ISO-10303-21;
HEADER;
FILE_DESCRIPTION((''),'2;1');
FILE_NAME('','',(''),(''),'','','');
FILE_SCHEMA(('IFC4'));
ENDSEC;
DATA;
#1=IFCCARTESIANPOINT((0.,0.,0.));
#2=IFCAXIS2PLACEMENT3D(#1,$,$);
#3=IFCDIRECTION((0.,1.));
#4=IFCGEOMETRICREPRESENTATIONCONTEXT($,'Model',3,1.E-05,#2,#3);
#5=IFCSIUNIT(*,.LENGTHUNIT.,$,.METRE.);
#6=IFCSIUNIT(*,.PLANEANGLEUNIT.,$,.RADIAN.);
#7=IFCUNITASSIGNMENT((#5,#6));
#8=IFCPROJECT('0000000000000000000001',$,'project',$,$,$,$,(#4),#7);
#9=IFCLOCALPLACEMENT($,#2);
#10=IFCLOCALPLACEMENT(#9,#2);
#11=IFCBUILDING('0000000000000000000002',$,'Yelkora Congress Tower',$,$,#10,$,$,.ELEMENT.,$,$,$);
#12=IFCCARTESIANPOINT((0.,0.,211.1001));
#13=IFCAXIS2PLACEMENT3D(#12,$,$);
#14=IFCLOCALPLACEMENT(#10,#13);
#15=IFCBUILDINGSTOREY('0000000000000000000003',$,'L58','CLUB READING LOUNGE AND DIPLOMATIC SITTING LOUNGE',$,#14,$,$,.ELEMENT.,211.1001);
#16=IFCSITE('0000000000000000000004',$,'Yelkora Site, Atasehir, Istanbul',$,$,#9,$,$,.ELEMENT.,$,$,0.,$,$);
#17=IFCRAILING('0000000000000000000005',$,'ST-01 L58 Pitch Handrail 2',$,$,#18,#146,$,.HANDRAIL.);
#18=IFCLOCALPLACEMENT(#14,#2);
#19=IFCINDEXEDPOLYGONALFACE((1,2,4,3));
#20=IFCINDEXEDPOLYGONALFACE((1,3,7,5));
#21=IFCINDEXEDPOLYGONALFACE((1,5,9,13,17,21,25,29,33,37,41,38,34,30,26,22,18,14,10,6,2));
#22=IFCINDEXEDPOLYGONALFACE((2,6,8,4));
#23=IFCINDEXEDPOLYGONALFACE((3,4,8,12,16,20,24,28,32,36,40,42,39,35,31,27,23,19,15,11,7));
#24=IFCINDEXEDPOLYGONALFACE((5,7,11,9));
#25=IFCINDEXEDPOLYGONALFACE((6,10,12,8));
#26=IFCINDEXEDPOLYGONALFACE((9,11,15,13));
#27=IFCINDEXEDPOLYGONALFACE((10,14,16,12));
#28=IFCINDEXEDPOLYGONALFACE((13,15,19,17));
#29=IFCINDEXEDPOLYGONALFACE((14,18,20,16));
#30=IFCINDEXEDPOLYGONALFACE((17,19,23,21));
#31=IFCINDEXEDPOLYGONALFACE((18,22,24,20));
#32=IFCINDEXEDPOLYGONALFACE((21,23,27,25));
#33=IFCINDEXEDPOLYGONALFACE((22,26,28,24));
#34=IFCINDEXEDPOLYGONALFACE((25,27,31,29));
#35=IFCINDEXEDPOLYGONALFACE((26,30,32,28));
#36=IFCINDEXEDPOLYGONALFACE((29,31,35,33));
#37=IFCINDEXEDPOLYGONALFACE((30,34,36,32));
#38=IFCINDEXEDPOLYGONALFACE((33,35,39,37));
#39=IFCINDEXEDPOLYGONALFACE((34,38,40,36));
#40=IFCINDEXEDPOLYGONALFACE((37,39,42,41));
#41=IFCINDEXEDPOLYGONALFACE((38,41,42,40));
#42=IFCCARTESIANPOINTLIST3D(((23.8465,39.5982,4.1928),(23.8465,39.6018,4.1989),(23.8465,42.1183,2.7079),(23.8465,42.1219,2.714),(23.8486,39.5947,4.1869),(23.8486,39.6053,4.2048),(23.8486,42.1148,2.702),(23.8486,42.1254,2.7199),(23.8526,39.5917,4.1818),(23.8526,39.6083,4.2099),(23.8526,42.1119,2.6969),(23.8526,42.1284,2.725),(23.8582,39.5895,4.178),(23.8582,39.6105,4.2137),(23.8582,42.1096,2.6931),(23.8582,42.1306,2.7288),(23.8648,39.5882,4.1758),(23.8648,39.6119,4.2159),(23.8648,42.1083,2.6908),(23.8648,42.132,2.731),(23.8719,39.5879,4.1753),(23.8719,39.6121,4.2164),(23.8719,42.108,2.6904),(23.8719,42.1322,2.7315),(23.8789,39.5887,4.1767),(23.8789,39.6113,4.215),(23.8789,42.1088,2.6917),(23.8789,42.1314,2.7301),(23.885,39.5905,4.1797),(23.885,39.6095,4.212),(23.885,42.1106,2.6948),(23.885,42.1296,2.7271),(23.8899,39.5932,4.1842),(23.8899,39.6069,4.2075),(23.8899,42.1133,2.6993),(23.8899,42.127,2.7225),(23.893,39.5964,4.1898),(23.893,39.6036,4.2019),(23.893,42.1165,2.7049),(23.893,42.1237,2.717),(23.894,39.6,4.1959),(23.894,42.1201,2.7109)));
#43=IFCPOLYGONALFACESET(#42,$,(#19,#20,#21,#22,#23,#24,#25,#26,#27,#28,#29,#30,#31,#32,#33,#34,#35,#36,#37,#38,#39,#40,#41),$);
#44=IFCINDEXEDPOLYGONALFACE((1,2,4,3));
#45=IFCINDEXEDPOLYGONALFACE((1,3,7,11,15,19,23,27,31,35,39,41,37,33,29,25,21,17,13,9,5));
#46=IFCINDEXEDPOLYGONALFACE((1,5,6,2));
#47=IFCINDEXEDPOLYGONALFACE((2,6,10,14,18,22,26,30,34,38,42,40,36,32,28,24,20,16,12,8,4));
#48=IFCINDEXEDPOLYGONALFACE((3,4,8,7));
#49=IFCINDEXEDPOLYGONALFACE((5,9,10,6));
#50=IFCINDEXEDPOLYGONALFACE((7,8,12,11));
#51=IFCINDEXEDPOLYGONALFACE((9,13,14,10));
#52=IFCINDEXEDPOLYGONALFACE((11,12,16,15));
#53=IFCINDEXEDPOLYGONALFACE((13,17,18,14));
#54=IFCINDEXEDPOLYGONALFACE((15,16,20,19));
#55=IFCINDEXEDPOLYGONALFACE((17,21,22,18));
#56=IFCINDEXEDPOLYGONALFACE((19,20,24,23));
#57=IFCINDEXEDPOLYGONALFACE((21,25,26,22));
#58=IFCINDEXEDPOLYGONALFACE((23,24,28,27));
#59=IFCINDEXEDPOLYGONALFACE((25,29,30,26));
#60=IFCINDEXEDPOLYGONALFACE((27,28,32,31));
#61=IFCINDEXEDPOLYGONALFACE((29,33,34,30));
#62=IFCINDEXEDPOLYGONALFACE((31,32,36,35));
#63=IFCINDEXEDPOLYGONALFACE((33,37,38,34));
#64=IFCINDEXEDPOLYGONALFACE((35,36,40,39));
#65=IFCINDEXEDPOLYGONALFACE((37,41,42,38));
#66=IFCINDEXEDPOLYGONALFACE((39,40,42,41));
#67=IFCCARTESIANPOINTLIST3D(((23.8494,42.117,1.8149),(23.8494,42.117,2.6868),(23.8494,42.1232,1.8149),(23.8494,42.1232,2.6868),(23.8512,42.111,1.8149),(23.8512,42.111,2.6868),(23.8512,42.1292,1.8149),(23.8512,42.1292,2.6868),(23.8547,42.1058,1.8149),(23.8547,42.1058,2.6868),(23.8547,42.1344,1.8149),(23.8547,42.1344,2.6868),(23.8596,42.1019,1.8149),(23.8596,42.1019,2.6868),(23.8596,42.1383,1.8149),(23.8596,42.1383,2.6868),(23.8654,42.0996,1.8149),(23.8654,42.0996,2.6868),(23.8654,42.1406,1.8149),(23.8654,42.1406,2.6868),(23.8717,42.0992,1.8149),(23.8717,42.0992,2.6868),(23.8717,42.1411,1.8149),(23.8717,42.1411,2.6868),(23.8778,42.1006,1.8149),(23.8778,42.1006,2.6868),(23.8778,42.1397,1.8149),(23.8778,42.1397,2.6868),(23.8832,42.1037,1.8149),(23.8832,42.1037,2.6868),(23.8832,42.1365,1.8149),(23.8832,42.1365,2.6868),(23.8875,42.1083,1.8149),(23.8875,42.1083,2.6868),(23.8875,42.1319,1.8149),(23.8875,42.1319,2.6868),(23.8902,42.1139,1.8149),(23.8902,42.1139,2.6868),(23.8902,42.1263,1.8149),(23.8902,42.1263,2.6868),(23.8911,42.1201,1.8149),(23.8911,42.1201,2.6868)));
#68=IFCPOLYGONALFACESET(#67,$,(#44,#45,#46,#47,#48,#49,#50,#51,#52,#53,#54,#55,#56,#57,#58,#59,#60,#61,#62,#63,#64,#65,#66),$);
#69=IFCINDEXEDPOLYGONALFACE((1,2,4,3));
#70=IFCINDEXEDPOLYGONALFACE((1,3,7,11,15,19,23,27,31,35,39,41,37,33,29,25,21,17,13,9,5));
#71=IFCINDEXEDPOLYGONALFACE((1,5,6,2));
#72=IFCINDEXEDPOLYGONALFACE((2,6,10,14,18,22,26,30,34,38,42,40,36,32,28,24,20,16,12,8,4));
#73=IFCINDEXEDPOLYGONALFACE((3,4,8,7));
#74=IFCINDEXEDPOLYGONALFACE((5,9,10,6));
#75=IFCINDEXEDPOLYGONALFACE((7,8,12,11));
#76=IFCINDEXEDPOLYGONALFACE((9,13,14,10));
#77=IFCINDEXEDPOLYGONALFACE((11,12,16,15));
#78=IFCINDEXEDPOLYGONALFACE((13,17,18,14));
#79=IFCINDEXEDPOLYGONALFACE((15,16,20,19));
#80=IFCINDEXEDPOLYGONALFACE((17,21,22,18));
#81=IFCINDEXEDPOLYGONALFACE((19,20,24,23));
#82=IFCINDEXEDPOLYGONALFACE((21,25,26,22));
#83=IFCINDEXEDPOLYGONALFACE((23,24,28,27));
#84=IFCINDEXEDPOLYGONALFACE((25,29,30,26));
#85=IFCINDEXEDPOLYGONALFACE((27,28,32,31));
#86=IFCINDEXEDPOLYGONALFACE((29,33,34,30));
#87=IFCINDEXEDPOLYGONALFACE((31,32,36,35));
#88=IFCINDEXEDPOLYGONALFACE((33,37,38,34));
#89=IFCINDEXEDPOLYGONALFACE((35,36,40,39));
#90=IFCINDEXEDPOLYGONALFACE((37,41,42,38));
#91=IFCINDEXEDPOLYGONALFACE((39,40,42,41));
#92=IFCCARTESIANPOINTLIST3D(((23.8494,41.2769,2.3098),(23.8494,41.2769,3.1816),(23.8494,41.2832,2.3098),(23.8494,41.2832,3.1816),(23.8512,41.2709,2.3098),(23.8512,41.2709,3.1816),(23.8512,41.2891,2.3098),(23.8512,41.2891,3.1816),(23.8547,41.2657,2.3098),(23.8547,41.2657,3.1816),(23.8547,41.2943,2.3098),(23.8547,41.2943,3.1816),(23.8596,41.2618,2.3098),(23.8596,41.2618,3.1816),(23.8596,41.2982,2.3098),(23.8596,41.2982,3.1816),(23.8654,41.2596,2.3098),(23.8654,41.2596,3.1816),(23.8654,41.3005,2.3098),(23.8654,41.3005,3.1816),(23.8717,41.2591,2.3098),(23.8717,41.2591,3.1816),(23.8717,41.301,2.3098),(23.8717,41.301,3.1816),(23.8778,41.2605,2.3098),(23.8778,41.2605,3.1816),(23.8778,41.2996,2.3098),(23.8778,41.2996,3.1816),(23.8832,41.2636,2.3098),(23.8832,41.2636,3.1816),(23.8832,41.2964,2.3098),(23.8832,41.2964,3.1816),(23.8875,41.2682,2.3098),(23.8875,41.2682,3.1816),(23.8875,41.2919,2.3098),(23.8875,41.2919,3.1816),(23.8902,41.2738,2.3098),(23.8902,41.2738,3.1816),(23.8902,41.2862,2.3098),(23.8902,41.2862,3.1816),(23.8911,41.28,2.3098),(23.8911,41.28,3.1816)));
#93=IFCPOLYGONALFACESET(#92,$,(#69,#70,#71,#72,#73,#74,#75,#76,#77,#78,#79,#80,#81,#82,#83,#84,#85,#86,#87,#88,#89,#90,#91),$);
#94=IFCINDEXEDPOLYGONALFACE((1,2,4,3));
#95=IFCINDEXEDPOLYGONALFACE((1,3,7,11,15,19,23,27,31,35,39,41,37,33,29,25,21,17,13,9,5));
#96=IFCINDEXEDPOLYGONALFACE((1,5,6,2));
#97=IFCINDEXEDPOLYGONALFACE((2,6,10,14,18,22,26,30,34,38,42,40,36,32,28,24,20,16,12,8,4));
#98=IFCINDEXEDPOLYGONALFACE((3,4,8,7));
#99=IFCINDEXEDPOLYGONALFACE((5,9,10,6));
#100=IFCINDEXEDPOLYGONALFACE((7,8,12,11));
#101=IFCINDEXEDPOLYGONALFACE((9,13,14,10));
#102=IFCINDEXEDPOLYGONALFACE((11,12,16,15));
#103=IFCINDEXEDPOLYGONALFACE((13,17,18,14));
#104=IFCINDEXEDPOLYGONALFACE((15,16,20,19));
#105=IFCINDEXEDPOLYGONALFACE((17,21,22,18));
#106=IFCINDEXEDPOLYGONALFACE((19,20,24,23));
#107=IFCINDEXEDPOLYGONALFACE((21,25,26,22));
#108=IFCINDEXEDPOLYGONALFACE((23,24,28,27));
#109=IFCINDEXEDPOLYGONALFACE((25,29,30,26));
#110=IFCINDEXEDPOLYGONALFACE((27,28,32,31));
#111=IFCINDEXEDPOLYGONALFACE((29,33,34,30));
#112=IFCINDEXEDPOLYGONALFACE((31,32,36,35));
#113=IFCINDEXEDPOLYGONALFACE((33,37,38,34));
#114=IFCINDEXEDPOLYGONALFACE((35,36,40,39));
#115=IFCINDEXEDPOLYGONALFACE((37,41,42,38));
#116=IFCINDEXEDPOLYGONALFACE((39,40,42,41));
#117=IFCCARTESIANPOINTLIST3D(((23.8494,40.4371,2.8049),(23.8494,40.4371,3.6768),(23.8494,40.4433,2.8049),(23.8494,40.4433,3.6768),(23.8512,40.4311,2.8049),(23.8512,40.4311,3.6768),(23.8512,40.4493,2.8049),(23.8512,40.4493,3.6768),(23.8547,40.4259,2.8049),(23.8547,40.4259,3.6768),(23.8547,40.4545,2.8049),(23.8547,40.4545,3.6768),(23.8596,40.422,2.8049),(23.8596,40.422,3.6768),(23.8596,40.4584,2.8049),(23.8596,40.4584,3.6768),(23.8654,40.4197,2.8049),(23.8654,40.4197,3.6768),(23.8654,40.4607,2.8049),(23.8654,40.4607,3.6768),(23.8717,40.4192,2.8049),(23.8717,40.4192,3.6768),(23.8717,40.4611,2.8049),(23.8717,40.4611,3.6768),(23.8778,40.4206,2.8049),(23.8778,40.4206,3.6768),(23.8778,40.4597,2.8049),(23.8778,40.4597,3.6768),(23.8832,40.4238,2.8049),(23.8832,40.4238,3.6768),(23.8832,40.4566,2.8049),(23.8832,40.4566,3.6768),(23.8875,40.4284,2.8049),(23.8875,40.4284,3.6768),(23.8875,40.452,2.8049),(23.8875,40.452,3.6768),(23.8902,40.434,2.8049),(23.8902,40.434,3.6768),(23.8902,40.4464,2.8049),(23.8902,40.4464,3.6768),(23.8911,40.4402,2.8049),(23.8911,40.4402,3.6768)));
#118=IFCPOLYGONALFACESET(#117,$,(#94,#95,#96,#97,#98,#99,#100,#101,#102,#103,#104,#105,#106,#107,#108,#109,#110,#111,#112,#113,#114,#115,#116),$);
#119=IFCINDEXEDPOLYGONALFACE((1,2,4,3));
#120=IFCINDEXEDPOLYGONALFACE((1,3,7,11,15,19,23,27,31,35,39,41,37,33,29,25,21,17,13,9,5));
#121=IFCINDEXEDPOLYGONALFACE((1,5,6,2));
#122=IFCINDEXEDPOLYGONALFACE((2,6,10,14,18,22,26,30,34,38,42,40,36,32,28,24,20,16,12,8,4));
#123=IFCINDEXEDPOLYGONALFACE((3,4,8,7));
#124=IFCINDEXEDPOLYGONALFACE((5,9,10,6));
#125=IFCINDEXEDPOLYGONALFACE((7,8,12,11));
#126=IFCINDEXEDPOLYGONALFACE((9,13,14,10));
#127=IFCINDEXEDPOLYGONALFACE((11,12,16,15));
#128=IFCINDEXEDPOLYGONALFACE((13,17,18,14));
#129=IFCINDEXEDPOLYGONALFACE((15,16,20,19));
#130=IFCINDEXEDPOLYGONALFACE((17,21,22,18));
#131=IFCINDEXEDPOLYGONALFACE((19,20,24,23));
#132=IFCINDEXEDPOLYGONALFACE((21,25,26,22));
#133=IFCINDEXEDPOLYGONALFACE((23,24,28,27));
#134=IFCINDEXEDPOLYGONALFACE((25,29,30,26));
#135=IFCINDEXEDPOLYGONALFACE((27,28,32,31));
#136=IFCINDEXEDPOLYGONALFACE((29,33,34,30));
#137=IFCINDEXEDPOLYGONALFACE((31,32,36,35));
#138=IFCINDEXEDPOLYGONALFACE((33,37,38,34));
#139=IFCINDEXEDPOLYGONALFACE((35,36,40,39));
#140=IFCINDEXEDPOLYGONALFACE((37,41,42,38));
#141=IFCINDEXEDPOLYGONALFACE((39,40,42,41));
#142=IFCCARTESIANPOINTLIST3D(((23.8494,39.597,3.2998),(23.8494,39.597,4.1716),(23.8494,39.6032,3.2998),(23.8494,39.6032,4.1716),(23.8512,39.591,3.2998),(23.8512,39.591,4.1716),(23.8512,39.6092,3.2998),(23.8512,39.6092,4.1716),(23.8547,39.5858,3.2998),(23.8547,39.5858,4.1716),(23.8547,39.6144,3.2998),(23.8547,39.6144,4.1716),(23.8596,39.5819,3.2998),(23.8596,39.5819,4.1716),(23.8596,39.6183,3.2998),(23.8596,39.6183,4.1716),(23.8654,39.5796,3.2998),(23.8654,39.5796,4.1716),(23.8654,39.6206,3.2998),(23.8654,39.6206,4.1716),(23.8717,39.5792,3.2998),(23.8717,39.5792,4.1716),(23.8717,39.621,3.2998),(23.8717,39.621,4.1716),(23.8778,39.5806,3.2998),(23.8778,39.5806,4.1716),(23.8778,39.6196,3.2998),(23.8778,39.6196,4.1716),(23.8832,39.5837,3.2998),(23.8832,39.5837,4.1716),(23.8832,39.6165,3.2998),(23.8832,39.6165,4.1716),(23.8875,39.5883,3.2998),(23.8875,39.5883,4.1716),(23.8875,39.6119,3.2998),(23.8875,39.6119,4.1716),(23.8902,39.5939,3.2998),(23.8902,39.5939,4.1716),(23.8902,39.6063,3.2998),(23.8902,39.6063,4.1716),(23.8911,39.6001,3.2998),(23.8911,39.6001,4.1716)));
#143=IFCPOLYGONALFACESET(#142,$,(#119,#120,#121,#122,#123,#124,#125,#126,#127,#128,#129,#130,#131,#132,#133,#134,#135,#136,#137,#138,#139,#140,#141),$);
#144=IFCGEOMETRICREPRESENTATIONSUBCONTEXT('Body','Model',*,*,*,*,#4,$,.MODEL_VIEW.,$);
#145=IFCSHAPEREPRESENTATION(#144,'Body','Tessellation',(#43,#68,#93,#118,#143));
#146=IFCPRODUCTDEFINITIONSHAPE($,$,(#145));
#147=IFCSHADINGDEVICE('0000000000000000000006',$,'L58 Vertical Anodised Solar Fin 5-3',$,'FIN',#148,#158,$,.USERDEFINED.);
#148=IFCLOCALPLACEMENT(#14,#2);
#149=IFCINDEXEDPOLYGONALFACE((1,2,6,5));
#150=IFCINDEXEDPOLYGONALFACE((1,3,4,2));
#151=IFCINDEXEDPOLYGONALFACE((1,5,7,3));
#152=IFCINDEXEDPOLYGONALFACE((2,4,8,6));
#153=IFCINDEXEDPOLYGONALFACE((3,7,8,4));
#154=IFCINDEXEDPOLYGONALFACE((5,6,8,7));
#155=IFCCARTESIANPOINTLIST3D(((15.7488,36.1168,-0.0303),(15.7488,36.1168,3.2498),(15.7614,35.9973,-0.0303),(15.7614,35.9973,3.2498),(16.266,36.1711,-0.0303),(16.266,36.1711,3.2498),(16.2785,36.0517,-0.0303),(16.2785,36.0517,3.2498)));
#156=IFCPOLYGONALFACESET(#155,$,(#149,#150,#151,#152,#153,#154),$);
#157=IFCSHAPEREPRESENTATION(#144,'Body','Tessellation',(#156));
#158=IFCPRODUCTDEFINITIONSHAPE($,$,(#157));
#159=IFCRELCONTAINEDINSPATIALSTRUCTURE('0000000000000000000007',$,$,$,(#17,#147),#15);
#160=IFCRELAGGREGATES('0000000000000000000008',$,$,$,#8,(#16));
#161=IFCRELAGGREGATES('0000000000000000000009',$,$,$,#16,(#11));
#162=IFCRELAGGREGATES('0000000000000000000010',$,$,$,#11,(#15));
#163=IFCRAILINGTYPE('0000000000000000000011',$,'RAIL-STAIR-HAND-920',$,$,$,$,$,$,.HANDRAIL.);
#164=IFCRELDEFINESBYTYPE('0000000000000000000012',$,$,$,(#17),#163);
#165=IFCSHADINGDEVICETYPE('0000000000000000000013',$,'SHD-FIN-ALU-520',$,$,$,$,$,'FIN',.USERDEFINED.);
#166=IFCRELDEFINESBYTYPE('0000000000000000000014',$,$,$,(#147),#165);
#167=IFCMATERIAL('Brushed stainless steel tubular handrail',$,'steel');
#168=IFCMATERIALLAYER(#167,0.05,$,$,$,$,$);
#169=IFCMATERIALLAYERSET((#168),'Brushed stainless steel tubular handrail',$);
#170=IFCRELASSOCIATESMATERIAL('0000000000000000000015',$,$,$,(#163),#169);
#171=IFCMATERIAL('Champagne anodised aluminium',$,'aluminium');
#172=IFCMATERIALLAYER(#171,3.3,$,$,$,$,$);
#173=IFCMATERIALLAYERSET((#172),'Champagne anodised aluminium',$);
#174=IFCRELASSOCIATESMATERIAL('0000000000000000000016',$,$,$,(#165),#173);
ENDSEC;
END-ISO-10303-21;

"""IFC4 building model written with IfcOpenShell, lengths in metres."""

from ifc_helpers import new_model, si_unit, direction, frame, origin, origin_2d, place, context, subcontext, project, spatial, rectangle, circle, extrude, material, layer, layer_set, type_object, element, save


model = new_model("IFC4")

# Units and contexts
model_context = context("Model", 3, precision=1e-05, world=origin(), true_north=direction((0.0, 1.0)))
body_context = subcontext(model_context, "Body", "Model", "MODEL_VIEW")
ifc_project = project(units=[si_unit("LENGTHUNIT", "METRE"), si_unit("PLANEANGLEUNIT", "RADIAN")], contexts=[model_context])

# Site, building, storey
site_placement = place(None, origin())
site = spatial("IfcSite", under=ifc_project, at=site_placement, Name="Yelkora Site, Atasehir, Istanbul", CompositionType="ELEMENT", RefElevation=0.0)
building_placement = place(site_placement, origin())
building = spatial("IfcBuilding", under=site, at=building_placement, Name="Yelkora Congress Tower", CompositionType="ELEMENT")
storey_placement = place(building_placement, frame((0.0, 0.0, 211.1001)))
storey = spatial("IfcBuildingStorey", under=building, at=storey_placement, Name="L58", Description="CLUB READING LOUNGE AND DIPLOMATIC SITTING LOUNGE", CompositionType="ELEMENT", Elevation=211.1001)

# Railing
ifc_material_1 = material(Name="Brushed stainless steel tubular handrail", Category="steel")
ifc_layer_1 = layer(ifc_material_1, 0.05)
ifc_layer_set_1 = layer_set([ifc_layer_1], Name="Brushed stainless steel tubular handrail")
railing_type_1 = type_object("IfcRailingType", Name="RAIL-STAIR-HAND-920", PredefinedType="HANDRAIL", material=ifc_layer_set_1)
railing_1_placement = place(storey_placement, frame((23.8701, 42.1201, 1.8149)))
element("IfcRailing", 1, at=railing_1_placement, inside=storey, type_object=railing_type_1, Name="ST-01 L58 Pitch Handrail 2", PredefinedType="HANDRAIL", context=body_context, shape_type="SweptSolid", body=[
    extrude(circle(Radius=0.0239, at=origin_2d()), frame((0.0, 0.0, 0.896), z_axis=(0.0, -0.861561, 0.507655), x_axis=(1.0, 0.0, 0.0)), (0.0, 0.0, 1.0), 2.925),
    extrude(circle(Radius=0.021, at=origin_2d()), origin(), (0.0, 0.0, 1.0), 0.8718),
    extrude(circle(Radius=0.021, at=origin_2d()), frame((0.0, -0.8401, 0.4949)), (0.0, 0.0, 1.0), 0.8718),
    extrude(circle(Radius=0.021, at=origin_2d()), frame((0.0, -1.6799, 0.99)), (0.0, 0.0, 1.0), 0.8718),
    extrude(circle(Radius=0.021, at=origin_2d()), frame((0.0, -2.52, 1.4849)), (0.0, 0.0, 1.0), 0.8718),
])

# Shading device
ifc_material_2 = material(Name="Champagne anodised aluminium", Category="aluminium")
ifc_layer_2 = layer(ifc_material_2, 3.3)
ifc_layer_set_2 = layer_set([ifc_layer_2], Name="Champagne anodised aluminium")
shading_device_type = type_object("IfcShadingDeviceType", Name="SHD-FIN-ALU-520", ElementType="FIN", PredefinedType="USERDEFINED", material=ifc_layer_set_2)
shading_device_placement = place(storey_placement, frame((16.0137, 36.0842, -0.0303), z_axis=(0.0, 0.0, 1.0), x_axis=(-0.104528, 0.994522, 0.0)))
element("IfcShadingDevice", 2, at=shading_device_placement, inside=storey, type_object=shading_device_type, Name="L58 Vertical Anodised Solar Fin 5-3", ObjectType="FIN", PredefinedType="USERDEFINED", context=body_context, shape_type="SweptSolid", body=[
    extrude(rectangle(XDim=0.1201, YDim=0.52, at=origin_2d()), origin(), (0.0, 0.0, 1.0), 3.28),
])

save(model, "model.ifc")
